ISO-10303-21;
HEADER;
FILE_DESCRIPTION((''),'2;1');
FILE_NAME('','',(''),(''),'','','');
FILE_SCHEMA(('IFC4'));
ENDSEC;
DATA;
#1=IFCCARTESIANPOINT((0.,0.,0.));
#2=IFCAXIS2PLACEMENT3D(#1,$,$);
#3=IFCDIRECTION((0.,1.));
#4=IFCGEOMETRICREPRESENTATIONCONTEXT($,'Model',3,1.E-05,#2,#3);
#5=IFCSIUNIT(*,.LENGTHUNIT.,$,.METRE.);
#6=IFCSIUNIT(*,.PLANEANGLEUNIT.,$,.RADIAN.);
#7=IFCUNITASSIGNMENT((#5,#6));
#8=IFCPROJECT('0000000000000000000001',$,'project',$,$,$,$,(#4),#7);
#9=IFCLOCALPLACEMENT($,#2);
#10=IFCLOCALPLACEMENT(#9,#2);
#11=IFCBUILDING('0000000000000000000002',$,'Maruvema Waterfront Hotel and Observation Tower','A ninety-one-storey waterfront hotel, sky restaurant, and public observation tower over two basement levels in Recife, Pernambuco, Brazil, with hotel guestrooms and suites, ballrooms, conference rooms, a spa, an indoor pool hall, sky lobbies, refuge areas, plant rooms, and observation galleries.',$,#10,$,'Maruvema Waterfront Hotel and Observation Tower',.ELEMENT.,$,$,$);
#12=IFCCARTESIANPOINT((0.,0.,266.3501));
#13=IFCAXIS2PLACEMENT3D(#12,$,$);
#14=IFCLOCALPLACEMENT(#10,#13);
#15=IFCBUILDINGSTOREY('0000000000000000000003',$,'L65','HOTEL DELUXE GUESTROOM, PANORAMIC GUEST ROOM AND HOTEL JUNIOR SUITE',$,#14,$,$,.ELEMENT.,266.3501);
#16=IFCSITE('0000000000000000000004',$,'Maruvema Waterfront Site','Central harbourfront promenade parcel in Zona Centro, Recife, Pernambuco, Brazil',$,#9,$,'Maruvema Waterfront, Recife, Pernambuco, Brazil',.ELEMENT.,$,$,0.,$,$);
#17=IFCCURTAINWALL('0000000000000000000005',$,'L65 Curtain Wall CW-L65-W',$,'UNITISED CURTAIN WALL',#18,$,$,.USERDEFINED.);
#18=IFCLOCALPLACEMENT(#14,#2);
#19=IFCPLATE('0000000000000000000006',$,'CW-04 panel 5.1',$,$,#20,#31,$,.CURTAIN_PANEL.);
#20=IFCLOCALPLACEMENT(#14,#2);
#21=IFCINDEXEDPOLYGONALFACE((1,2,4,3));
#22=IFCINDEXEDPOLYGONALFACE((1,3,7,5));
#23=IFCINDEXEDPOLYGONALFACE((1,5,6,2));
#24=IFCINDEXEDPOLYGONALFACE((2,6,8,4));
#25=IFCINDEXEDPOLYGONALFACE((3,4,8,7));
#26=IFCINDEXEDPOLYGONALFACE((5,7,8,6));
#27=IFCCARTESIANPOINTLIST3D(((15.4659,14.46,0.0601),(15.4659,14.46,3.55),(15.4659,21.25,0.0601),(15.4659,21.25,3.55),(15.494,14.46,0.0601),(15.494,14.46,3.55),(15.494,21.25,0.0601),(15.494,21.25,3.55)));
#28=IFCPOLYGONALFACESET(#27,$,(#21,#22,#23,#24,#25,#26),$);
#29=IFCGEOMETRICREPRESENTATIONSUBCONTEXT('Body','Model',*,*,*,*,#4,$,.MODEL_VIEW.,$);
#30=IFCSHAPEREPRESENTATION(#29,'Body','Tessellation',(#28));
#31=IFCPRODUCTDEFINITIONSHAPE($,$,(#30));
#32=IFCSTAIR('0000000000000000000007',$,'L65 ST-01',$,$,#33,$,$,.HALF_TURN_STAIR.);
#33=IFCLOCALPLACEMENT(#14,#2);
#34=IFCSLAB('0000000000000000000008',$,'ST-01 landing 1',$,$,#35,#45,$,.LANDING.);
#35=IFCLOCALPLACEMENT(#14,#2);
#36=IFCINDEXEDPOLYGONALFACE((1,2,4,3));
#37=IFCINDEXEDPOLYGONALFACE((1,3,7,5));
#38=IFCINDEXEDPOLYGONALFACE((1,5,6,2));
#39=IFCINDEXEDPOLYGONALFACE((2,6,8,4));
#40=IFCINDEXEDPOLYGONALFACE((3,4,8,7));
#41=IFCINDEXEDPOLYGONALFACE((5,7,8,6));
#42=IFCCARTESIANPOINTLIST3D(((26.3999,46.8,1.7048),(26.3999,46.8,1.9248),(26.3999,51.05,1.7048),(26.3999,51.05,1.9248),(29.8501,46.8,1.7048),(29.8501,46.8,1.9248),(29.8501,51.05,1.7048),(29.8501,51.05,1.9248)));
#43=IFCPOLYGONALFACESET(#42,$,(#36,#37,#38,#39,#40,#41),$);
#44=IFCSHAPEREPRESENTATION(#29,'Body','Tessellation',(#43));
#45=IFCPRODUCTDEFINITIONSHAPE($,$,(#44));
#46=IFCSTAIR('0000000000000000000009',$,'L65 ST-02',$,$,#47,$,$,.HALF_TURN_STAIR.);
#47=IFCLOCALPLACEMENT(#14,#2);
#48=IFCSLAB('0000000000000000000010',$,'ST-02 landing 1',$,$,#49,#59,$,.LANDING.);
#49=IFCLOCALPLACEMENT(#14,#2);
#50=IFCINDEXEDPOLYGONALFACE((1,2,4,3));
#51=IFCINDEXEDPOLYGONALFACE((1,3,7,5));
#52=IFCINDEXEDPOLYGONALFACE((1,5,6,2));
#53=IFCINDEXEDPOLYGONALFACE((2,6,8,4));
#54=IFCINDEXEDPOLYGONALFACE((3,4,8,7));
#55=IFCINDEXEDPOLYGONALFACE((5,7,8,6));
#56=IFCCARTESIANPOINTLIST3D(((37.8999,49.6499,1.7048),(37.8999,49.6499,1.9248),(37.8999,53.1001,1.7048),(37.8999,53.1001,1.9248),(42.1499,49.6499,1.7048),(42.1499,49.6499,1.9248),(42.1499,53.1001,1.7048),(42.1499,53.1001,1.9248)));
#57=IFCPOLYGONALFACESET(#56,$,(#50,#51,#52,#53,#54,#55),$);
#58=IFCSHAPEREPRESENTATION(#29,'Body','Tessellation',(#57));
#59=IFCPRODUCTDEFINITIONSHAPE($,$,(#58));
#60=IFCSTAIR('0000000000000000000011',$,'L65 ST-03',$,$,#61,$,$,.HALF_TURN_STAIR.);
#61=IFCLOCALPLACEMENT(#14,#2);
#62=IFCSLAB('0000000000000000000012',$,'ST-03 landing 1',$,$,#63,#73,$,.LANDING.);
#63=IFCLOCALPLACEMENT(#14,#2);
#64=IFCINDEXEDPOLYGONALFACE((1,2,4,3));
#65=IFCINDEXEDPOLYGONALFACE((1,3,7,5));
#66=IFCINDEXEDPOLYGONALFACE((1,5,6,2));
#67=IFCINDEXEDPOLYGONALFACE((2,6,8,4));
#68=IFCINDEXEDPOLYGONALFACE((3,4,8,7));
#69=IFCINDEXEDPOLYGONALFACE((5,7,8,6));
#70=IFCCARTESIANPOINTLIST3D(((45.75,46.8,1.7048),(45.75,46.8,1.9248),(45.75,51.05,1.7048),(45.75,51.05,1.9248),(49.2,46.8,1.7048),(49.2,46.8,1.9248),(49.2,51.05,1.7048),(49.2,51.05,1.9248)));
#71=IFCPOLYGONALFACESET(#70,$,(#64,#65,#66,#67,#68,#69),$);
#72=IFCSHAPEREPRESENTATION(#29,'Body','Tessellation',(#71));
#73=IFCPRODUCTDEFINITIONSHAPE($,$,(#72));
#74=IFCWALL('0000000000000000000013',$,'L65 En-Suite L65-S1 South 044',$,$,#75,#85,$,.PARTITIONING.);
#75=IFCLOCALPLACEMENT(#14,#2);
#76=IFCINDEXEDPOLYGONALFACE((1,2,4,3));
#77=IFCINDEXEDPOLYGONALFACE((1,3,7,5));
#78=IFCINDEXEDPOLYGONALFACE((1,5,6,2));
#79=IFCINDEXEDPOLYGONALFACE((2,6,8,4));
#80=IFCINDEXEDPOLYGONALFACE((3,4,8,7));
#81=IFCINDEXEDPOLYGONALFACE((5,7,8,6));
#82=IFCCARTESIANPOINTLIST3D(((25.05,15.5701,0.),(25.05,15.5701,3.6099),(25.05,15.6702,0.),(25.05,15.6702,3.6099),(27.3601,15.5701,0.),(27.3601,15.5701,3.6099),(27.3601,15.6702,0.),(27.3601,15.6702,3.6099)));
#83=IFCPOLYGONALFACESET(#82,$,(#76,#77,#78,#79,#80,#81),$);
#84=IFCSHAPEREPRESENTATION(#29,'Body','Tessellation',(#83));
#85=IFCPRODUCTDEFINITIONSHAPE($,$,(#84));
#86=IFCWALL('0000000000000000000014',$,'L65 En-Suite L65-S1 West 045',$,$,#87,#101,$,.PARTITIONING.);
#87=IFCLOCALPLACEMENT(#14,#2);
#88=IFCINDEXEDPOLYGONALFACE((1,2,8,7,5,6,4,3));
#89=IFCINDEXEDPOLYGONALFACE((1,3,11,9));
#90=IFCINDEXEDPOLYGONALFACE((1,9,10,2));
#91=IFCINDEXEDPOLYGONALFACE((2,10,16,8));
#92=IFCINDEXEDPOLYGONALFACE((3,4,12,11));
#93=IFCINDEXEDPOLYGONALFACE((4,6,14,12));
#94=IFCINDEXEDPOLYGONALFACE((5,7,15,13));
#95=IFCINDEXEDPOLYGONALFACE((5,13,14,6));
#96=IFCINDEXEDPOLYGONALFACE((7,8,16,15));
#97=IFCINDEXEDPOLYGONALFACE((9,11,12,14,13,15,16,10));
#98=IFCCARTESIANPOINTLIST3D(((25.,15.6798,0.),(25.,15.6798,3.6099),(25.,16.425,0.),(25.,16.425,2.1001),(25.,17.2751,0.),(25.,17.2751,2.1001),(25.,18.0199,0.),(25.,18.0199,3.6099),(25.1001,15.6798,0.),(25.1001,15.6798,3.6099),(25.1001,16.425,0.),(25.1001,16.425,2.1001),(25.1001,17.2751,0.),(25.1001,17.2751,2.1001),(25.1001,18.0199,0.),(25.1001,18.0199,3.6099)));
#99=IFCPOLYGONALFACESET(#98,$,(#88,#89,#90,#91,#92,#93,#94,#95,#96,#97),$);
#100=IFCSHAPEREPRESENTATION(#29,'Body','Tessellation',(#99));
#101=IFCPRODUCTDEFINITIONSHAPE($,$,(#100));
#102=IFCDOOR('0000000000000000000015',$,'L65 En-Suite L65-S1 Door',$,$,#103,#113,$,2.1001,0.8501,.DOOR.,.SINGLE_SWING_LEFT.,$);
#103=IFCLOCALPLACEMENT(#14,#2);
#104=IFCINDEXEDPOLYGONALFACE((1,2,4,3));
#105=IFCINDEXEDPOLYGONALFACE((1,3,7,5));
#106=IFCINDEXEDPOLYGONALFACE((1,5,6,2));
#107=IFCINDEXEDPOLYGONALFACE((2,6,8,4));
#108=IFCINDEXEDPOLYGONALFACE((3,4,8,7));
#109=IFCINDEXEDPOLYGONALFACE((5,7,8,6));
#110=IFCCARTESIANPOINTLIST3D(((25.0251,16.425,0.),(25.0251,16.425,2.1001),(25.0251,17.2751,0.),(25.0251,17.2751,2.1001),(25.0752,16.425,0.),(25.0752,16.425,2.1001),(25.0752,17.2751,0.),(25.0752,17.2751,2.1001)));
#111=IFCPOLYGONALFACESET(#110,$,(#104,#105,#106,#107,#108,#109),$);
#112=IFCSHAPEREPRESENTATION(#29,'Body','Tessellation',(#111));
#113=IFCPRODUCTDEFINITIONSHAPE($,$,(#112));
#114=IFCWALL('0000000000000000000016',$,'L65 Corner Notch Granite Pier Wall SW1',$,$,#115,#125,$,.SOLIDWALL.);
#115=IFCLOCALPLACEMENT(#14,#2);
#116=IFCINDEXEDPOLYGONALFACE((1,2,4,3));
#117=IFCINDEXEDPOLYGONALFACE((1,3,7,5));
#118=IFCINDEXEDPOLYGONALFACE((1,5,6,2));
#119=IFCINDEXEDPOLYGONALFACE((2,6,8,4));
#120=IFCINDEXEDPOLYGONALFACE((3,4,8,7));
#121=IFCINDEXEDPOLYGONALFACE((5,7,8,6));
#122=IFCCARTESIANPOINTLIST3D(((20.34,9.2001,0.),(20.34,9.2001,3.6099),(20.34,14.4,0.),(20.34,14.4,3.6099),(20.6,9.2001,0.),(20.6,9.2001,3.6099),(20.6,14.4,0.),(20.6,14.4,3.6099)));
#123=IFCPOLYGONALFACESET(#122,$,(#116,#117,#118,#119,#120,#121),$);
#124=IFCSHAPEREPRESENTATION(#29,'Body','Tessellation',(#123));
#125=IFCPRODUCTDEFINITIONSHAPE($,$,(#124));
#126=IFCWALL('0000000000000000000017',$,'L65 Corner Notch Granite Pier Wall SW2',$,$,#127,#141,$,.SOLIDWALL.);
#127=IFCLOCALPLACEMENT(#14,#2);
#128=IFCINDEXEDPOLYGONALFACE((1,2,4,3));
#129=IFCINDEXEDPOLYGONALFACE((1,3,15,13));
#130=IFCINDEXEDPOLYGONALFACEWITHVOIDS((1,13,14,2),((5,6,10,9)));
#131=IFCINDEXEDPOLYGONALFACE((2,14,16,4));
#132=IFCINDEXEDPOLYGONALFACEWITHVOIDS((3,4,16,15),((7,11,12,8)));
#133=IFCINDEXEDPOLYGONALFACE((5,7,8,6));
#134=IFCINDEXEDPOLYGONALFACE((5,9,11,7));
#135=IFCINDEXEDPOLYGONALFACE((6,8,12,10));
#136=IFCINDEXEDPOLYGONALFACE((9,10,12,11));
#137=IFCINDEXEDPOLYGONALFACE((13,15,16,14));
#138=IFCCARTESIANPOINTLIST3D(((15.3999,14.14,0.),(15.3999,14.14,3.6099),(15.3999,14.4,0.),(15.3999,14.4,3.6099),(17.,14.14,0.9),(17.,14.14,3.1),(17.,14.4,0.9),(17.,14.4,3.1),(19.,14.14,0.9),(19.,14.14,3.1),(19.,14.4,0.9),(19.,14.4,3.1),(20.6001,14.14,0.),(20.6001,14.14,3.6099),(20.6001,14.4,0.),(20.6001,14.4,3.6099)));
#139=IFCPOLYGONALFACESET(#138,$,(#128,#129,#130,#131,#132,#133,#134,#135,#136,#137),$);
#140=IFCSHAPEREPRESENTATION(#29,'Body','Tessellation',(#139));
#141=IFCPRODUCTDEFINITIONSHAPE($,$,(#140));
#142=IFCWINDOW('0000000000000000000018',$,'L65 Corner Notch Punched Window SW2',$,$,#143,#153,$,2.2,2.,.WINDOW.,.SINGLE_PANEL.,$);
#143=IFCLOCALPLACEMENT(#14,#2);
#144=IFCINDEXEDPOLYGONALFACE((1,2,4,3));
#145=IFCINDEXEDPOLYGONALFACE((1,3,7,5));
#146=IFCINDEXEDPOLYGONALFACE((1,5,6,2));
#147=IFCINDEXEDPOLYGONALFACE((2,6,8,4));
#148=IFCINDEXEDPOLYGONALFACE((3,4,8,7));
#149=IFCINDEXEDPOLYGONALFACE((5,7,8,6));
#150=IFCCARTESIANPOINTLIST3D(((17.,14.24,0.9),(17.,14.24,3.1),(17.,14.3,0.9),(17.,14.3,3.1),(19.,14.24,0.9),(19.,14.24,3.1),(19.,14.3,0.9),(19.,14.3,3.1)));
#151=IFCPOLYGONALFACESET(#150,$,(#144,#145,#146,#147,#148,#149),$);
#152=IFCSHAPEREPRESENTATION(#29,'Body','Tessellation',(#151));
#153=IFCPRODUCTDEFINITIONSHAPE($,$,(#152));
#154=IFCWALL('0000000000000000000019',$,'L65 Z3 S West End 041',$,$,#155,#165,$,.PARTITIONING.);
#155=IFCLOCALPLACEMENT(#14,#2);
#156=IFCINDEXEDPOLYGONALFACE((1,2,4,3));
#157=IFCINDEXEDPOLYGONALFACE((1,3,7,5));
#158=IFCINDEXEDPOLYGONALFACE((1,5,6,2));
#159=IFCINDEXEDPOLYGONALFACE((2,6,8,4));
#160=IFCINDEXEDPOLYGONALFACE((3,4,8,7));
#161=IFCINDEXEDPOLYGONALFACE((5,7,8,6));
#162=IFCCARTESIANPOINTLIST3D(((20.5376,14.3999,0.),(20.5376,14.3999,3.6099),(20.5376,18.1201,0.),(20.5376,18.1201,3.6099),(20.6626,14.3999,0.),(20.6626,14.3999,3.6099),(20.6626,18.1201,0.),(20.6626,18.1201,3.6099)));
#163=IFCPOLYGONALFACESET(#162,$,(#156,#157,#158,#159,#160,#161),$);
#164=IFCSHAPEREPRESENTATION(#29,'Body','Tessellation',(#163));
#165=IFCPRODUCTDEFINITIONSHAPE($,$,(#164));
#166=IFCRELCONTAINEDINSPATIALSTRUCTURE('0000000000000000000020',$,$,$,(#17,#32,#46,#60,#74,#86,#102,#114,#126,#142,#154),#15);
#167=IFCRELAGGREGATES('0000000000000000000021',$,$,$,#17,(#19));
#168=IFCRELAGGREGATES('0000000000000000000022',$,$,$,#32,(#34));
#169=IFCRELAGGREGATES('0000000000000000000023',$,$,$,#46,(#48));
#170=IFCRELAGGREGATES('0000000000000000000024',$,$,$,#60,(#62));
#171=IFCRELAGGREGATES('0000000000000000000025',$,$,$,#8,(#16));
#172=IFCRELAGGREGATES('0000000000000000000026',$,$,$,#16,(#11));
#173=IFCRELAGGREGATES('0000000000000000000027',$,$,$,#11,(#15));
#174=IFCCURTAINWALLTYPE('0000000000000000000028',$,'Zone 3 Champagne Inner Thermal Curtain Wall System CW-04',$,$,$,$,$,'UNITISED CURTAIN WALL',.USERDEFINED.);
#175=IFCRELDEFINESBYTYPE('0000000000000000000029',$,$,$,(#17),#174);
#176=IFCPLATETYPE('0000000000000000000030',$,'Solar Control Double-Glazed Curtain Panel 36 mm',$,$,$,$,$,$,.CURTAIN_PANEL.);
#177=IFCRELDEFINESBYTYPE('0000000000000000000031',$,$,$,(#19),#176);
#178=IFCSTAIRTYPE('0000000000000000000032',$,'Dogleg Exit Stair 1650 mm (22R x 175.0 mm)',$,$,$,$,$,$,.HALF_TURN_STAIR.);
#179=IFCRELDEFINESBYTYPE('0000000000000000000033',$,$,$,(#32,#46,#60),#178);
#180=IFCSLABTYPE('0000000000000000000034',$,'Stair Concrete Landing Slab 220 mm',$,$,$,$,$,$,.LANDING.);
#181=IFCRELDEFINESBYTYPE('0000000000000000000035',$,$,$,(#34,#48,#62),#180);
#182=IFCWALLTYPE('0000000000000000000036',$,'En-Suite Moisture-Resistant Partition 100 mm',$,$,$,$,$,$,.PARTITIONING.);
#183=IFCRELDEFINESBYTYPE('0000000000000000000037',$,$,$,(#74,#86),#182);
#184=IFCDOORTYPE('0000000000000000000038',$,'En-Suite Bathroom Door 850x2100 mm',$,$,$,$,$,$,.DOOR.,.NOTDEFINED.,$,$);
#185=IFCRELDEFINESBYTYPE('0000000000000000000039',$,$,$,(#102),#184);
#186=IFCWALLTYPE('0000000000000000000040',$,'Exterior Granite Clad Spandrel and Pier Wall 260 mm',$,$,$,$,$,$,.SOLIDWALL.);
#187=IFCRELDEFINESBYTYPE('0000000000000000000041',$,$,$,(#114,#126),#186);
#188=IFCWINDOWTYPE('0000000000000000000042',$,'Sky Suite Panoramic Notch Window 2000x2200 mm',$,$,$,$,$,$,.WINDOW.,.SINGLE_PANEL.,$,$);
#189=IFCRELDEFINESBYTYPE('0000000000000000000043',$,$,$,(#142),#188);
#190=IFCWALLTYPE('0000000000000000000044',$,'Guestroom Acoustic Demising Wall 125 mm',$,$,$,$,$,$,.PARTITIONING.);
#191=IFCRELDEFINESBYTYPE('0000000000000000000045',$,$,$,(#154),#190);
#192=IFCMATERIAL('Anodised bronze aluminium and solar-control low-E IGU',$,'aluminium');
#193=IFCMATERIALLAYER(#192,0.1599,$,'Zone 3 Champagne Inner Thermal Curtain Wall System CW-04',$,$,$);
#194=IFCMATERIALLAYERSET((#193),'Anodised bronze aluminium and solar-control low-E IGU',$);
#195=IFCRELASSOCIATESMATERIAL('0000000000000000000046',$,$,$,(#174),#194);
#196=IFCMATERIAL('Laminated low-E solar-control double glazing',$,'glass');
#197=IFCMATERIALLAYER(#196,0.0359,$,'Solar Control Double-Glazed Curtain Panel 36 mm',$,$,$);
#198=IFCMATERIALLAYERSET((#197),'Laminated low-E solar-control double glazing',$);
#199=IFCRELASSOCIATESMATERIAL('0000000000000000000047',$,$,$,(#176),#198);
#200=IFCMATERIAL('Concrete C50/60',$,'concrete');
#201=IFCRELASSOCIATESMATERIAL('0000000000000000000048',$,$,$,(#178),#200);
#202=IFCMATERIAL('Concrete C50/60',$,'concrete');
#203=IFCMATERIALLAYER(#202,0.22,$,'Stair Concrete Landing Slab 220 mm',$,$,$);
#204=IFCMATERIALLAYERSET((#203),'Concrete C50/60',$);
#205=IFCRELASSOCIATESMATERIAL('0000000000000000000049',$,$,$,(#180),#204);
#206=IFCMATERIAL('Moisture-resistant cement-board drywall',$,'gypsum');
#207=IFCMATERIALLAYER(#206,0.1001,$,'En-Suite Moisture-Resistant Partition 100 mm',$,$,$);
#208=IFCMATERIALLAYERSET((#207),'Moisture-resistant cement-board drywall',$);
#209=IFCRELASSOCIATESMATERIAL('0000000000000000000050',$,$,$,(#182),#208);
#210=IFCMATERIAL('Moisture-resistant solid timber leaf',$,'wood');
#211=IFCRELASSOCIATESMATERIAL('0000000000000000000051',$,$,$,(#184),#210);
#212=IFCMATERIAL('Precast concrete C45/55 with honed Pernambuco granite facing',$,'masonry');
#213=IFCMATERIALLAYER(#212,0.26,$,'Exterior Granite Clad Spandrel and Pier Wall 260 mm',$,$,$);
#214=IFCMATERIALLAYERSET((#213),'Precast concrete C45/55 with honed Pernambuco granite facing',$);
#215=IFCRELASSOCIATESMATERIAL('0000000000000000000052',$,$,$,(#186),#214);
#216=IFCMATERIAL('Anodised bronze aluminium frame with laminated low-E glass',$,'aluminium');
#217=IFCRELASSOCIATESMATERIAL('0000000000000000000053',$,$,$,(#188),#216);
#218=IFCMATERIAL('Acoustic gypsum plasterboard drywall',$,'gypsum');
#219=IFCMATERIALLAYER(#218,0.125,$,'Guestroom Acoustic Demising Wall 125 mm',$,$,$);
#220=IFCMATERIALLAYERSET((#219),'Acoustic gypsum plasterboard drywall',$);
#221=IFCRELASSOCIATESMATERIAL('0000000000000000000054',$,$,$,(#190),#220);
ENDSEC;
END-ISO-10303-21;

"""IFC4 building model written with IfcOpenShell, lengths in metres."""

from ifc_helpers import new_model, si_unit, direction, frame, frame_2d, origin, origin_2d, place, context, subcontext, project, spatial, polyline, rectangle, outline, extrude, material, layer, layer_set, type_object, element, fill, aggregate, save


model = new_model("IFC4")

# Units and contexts
model_context = context("Model", 3, precision=1e-05, world=origin(), true_north=direction((0.0, 1.0)))
body_context = subcontext(model_context, "Body", "Model", "MODEL_VIEW")
ifc_project = project(units=[si_unit("LENGTHUNIT", "METRE"), si_unit("PLANEANGLEUNIT", "RADIAN")], contexts=[model_context])

# Site, building, storey
site_placement = place(None, origin())
site = spatial("IfcSite", under=ifc_project, at=site_placement, Name="Maruvema Waterfront Site", Description="Central harbourfront promenade parcel in Zona Centro, Recife, Pernambuco, Brazil", LongName="Maruvema Waterfront, Recife, Pernambuco, Brazil", CompositionType="ELEMENT", RefElevation=0.0)
building_placement = place(site_placement, origin())
building = spatial("IfcBuilding", under=site, at=building_placement, Name="Maruvema Waterfront Hotel and Observation Tower", Description="A ninety-one-storey waterfront hotel, sky restaurant, and public observation tower over two basement levels in Recife, Pernambuco, Brazil, with hotel guestrooms and suites, ballrooms, conference rooms, a spa, an indoor pool hall, sky lobbies, refuge areas, plant rooms, and observation galleries.", LongName="Maruvema Waterfront Hotel and Observation Tower", CompositionType="ELEMENT")
storey_placement = place(building_placement, frame((0.0, 0.0, 266.3501)))
storey = spatial("IfcBuildingStorey", under=building, at=storey_placement, Name="L65", Description="HOTEL DELUXE GUESTROOM, PANORAMIC GUEST ROOM AND HOTEL JUNIOR SUITE", CompositionType="ELEMENT", Elevation=266.3501)

# Shared definitions
ifc_material_1 = material(Name="Anodised bronze aluminium and solar-control low-E IGU", Category="aluminium")
ifc_layer_1 = layer(ifc_material_1, 0.1599, Name="Zone 3 Champagne Inner Thermal Curtain Wall System CW-04")
ifc_layer_set_1 = layer_set([ifc_layer_1], Name="Anodised bronze aluminium and solar-control low-E IGU")
curtain_wall_type = type_object("IfcCurtainWallType", Name="Zone 3 Champagne Inner Thermal Curtain Wall System CW-04", ElementType="UNITISED CURTAIN WALL", PredefinedType="USERDEFINED", material=ifc_layer_set_1)

# Curtain wall
curtain_wall_1_placement = place(storey_placement, origin())
curtain_wall_1 = element("IfcCurtainWall", 1, at=curtain_wall_1_placement, inside=storey, type_object=curtain_wall_type, Name="L65 Curtain Wall CW-L65-W", ObjectType="UNITISED CURTAIN WALL", PredefinedType="USERDEFINED")

# Plate
ifc_material_2 = material(Name="Laminated low-E solar-control double glazing", Category="glass")
ifc_layer_2 = layer(ifc_material_2, 0.0359, Name="Solar Control Double-Glazed Curtain Panel 36 mm")
ifc_layer_set_2 = layer_set([ifc_layer_2], Name="Laminated low-E solar-control double glazing")
plate_type = type_object("IfcPlateType", Name="Solar Control Double-Glazed Curtain Panel 36 mm", PredefinedType="CURTAIN_PANEL", material=ifc_layer_set_2)
plate_1_placement = place(storey_placement, frame((15.48, 17.855, 0.0601), z_axis=(0.0, 0.0, 1.0), x_axis=(0.0, -1.0, 0.0)))
plate_1 = element("IfcPlate", 2, at=plate_1_placement, type_object=plate_type, Name="CW-04 panel 5.1", PredefinedType="CURTAIN_PANEL", context=body_context, shape_type="SweptSolid", body=[
    extrude(rectangle(XDim=6.79, YDim=0.0281, at=origin_2d()), origin(), (0.0, 0.0, 1.0), 3.49),
])
aggregate(curtain_wall_1, [plate_1])

# Stairs, slabs
ifc_material_3 = material(Name="Concrete C50/60", Category="concrete")
stair_type = type_object("IfcStairType", Name="Dogleg Exit Stair 1650 mm (22R x 175.0 mm)", PredefinedType="HALF_TURN_STAIR", material=ifc_material_3)
stair_1_placement = place(storey_placement, origin())
stair_1 = element("IfcStair", 3, at=stair_1_placement, inside=storey, type_object=stair_type, Name="L65 ST-01", PredefinedType="HALF_TURN_STAIR")
ifc_material_4 = material(Name="Concrete C50/60", Category="concrete")
ifc_layer_3 = layer(ifc_material_4, 0.22, Name="Stair Concrete Landing Slab 220 mm")
ifc_layer_set_3 = layer_set([ifc_layer_3], Name="Concrete C50/60")
slab_type_1 = type_object("IfcSlabType", Name="Stair Concrete Landing Slab 220 mm", PredefinedType="LANDING", material=ifc_layer_set_3)
slab_1_placement = place(storey_placement, frame((0.0, 0.0, 1.7048)))
slab_1 = element("IfcSlab", 4, at=slab_1_placement, type_object=slab_type_1, Name="ST-01 landing 1", PredefinedType="LANDING", context=body_context, shape_type="SweptSolid", body=[
    extrude(outline(polyline([(29.8501, 46.8), (29.8501, 51.05), (26.3999, 51.05), (26.3999, 46.8), (29.8501, 46.8)])), origin(), (0.0, 0.0, 1.0), 0.22),
])
aggregate(stair_1, [slab_1])
stair_2_placement = place(storey_placement, origin())
stair_2 = element("IfcStair", 5, at=stair_2_placement, inside=storey, type_object=stair_type, Name="L65 ST-02", PredefinedType="HALF_TURN_STAIR")
slab_2_placement = place(storey_placement, frame((0.0, 0.0, 1.7048)))
slab_2 = element("IfcSlab", 6, at=slab_2_placement, type_object=slab_type_1, Name="ST-02 landing 1", PredefinedType="LANDING", context=body_context, shape_type="SweptSolid", body=[
    extrude(outline(polyline([(37.8999, 49.6499), (42.1499, 49.6499), (42.1499, 53.1001), (37.8999, 53.1001), (37.8999, 49.6499)])), origin(), (0.0, 0.0, 1.0), 0.22),
])
aggregate(stair_2, [slab_2])
stair_3_placement = place(storey_placement, origin())
stair_3 = element("IfcStair", 7, at=stair_3_placement, inside=storey, type_object=stair_type, Name="L65 ST-03", PredefinedType="HALF_TURN_STAIR")
slab_3_placement = place(storey_placement, frame((0.0, 0.0, 1.7048)))
slab_3 = element("IfcSlab", 8, at=slab_3_placement, type_object=slab_type_1, Name="ST-03 landing 1", PredefinedType="LANDING", context=body_context, shape_type="SweptSolid", body=[
    extrude(outline(polyline([(49.2, 46.8), (49.2, 51.05), (45.75, 51.05), (45.75, 46.8), (49.2, 46.8)])), origin(), (0.0, 0.0, 1.0), 0.22),
])
aggregate(stair_3, [slab_3])

# Wall
ifc_material_5 = material(Name="Moisture-resistant cement-board drywall", Category="gypsum")
ifc_layer_4 = layer(ifc_material_5, 0.1001, Name="En-Suite Moisture-Resistant Partition 100 mm")
ifc_layer_set_4 = layer_set([ifc_layer_4], Name="Moisture-resistant cement-board drywall")
wall_type_1 = type_object("IfcWallType", Name="En-Suite Moisture-Resistant Partition 100 mm", PredefinedType="PARTITIONING", material=ifc_layer_set_4)
wall_1_placement = place(storey_placement, frame((25.05, 15.6201, 0.0), z_axis=(0.0, 0.0, 1.0), x_axis=(1.0, 0.0, 0.0)))
element("IfcWall", 9, at=wall_1_placement, inside=storey, type_object=wall_type_1, Name="L65 En-Suite L65-S1 South 044", PredefinedType="PARTITIONING", context=body_context, shape_type="SweptSolid", body=[
    extrude(rectangle(XDim=2.3101, YDim=0.1001, at=frame_2d((1.155, 0.0))), origin(), (0.0, 0.0, 1.0), 3.6099),
])

# Wall, opening, door
wall_2_placement = place(storey_placement, frame((25.05, 15.6799, 0.0), z_axis=(0.0, 0.0, 1.0), x_axis=(0.0, 1.0, 0.0)))
wall_2 = element("IfcWall", 10, at=wall_2_placement, inside=storey, type_object=wall_type_1, Name="L65 En-Suite L65-S1 West 045", PredefinedType="PARTITIONING", context=body_context, shape_type="SweptSolid", body=[
    extrude(rectangle(XDim=2.3401, YDim=0.1001, at=frame_2d((1.1699, 0.0))), origin(), (0.0, 0.0, 1.0), 3.6099),
])
opening_1_placement = place(wall_2_placement, frame((0.7451, 0.0, 0.0)))
opening_1 = element("IfcOpeningElement", 11, at=opening_1_placement, cuts=wall_2, PredefinedType="OPENING", context=body_context, shape_type="SweptSolid", body=[
    extrude(rectangle(XDim=0.8501, YDim=2.1001, at=frame_2d((0.425, 1.05))), frame((0.0, 0.0601, 0.0), z_axis=(0.0, -1.0, 0.0), x_axis=(1.0, 0.0, 0.0)), (0.0, 0.0, 1.0), 0.1201),
])
ifc_material_6 = material(Name="Moisture-resistant solid timber leaf", Category="wood")
door_type_1 = type_object("IfcDoorType", Name="En-Suite Bathroom Door 850x2100 mm", OperationType="NOTDEFINED", PredefinedType="DOOR", material=ifc_material_6)
door_1_placement = place(opening_1_placement, origin())
door_1 = element("IfcDoor", 12, at=door_1_placement, inside=storey, type_object=door_type_1, Name="L65 En-Suite L65-S1 Door", OperationType="SINGLE_SWING_LEFT", OverallHeight=2.1001, OverallWidth=0.8501, PredefinedType="DOOR", context=body_context, shape_type="SweptSolid", body=[
    extrude(rectangle(XDim=0.8501, YDim=2.1001, at=frame_2d((0.425, 1.05))), frame((0.0, 0.0249, 0.0), z_axis=(0.0, -1.0, 0.0), x_axis=(1.0, 0.0, 0.0)), (0.0, 0.0, 1.0), 0.05),
])
fill(opening_1, door_1)

# Wall
ifc_material_7 = material(Name="Precast concrete C45/55 with honed Pernambuco granite facing", Category="masonry")
ifc_layer_5 = layer(ifc_material_7, 0.26, Name="Exterior Granite Clad Spandrel and Pier Wall 260 mm")
ifc_layer_set_5 = layer_set([ifc_layer_5], Name="Precast concrete C45/55 with honed Pernambuco granite facing")
wall_type_2 = type_object("IfcWallType", Name="Exterior Granite Clad Spandrel and Pier Wall 260 mm", PredefinedType="SOLIDWALL", material=ifc_layer_set_5)
wall_3_placement = place(storey_placement, frame((20.47, 9.2, 0.0), z_axis=(0.0, 0.0, 1.0), x_axis=(0.0, 1.0, 0.0)))
element("IfcWall", 13, at=wall_3_placement, inside=storey, type_object=wall_type_2, Name="L65 Corner Notch Granite Pier Wall SW1", PredefinedType="SOLIDWALL", context=body_context, shape_type="SweptSolid", body=[
    extrude(rectangle(XDim=5.2, YDim=0.26, at=frame_2d((2.6001, 0.0))), origin(), (0.0, 0.0, 1.0), 3.6099),
])

# Wall, opening, window
wall_4_placement = place(storey_placement, frame((20.6001, 14.27, 0.0), z_axis=(0.0, 0.0, 1.0), x_axis=(-1.0, 0.0, 0.0)))
wall_4 = element("IfcWall", 14, at=wall_4_placement, inside=storey, type_object=wall_type_2, Name="L65 Corner Notch Granite Pier Wall SW2", PredefinedType="SOLIDWALL", context=body_context, shape_type="SweptSolid", body=[
    extrude(rectangle(XDim=5.2002, YDim=0.26, at=frame_2d((2.6001, 0.0))), origin(), (0.0, 0.0, 1.0), 3.6099),
])
opening_2_placement = place(wall_4_placement, frame((1.6001, 0.0, 0.8999)))
opening_2 = element("IfcOpeningElement", 15, at=opening_2_placement, cuts=wall_4, PredefinedType="OPENING", context=body_context, shape_type="SweptSolid", body=[
    extrude(rectangle(XDim=2.0, YDim=2.2, at=frame_2d((1.0, 1.1001))), frame((0.0, 0.1401, 0.0), z_axis=(0.0, -1.0, 0.0), x_axis=(1.0, 0.0, 0.0)), (0.0, 0.0, 1.0), 0.28),
])
ifc_material_8 = material(Name="Anodised bronze aluminium frame with laminated low-E glass", Category="aluminium")
window_type = type_object("IfcWindowType", Name="Sky Suite Panoramic Notch Window 2000x2200 mm", PartitioningType="SINGLE_PANEL", PredefinedType="WINDOW", material=ifc_material_8)
window_placement = place(opening_2_placement, origin())
window = element("IfcWindow", 16, at=window_placement, inside=storey, type_object=window_type, Name="L65 Corner Notch Punched Window SW2", OverallHeight=2.2, OverallWidth=2.0, PartitioningType="SINGLE_PANEL", PredefinedType="WINDOW", context=body_context, shape_type="SweptSolid", body=[
    extrude(rectangle(XDim=2.0, YDim=2.2, at=frame_2d((1.0, 1.1001))), frame((0.0, 0.03, 0.0), z_axis=(0.0, -1.0, 0.0), x_axis=(1.0, 0.0, 0.0)), (0.0, 0.0, 1.0), 0.0601),
])
fill(opening_2, window)

# Wall
ifc_material_9 = material(Name="Acoustic gypsum plasterboard drywall", Category="gypsum")
ifc_layer_6 = layer(ifc_material_9, 0.125, Name="Guestroom Acoustic Demising Wall 125 mm")
ifc_layer_set_6 = layer_set([ifc_layer_6], Name="Acoustic gypsum plasterboard drywall")
wall_type_3 = type_object("IfcWallType", Name="Guestroom Acoustic Demising Wall 125 mm", PredefinedType="PARTITIONING", material=ifc_layer_set_6)
wall_5_placement = place(storey_placement, frame((20.6001, 14.3999, 0.0), z_axis=(0.0, 0.0, 1.0), x_axis=(0.0, 1.0, 0.0)))
element("IfcWall", 17, at=wall_5_placement, inside=storey, type_object=wall_type_3, Name="L65 Z3 S West End 041", PredefinedType="PARTITIONING", context=body_context, shape_type="SweptSolid", body=[
    extrude(rectangle(XDim=3.7202, YDim=0.125, at=frame_2d((1.8601, 0.0))), origin(), (0.0, 0.0, 1.0), 3.6099),
])

save(model, "model.ifc")
